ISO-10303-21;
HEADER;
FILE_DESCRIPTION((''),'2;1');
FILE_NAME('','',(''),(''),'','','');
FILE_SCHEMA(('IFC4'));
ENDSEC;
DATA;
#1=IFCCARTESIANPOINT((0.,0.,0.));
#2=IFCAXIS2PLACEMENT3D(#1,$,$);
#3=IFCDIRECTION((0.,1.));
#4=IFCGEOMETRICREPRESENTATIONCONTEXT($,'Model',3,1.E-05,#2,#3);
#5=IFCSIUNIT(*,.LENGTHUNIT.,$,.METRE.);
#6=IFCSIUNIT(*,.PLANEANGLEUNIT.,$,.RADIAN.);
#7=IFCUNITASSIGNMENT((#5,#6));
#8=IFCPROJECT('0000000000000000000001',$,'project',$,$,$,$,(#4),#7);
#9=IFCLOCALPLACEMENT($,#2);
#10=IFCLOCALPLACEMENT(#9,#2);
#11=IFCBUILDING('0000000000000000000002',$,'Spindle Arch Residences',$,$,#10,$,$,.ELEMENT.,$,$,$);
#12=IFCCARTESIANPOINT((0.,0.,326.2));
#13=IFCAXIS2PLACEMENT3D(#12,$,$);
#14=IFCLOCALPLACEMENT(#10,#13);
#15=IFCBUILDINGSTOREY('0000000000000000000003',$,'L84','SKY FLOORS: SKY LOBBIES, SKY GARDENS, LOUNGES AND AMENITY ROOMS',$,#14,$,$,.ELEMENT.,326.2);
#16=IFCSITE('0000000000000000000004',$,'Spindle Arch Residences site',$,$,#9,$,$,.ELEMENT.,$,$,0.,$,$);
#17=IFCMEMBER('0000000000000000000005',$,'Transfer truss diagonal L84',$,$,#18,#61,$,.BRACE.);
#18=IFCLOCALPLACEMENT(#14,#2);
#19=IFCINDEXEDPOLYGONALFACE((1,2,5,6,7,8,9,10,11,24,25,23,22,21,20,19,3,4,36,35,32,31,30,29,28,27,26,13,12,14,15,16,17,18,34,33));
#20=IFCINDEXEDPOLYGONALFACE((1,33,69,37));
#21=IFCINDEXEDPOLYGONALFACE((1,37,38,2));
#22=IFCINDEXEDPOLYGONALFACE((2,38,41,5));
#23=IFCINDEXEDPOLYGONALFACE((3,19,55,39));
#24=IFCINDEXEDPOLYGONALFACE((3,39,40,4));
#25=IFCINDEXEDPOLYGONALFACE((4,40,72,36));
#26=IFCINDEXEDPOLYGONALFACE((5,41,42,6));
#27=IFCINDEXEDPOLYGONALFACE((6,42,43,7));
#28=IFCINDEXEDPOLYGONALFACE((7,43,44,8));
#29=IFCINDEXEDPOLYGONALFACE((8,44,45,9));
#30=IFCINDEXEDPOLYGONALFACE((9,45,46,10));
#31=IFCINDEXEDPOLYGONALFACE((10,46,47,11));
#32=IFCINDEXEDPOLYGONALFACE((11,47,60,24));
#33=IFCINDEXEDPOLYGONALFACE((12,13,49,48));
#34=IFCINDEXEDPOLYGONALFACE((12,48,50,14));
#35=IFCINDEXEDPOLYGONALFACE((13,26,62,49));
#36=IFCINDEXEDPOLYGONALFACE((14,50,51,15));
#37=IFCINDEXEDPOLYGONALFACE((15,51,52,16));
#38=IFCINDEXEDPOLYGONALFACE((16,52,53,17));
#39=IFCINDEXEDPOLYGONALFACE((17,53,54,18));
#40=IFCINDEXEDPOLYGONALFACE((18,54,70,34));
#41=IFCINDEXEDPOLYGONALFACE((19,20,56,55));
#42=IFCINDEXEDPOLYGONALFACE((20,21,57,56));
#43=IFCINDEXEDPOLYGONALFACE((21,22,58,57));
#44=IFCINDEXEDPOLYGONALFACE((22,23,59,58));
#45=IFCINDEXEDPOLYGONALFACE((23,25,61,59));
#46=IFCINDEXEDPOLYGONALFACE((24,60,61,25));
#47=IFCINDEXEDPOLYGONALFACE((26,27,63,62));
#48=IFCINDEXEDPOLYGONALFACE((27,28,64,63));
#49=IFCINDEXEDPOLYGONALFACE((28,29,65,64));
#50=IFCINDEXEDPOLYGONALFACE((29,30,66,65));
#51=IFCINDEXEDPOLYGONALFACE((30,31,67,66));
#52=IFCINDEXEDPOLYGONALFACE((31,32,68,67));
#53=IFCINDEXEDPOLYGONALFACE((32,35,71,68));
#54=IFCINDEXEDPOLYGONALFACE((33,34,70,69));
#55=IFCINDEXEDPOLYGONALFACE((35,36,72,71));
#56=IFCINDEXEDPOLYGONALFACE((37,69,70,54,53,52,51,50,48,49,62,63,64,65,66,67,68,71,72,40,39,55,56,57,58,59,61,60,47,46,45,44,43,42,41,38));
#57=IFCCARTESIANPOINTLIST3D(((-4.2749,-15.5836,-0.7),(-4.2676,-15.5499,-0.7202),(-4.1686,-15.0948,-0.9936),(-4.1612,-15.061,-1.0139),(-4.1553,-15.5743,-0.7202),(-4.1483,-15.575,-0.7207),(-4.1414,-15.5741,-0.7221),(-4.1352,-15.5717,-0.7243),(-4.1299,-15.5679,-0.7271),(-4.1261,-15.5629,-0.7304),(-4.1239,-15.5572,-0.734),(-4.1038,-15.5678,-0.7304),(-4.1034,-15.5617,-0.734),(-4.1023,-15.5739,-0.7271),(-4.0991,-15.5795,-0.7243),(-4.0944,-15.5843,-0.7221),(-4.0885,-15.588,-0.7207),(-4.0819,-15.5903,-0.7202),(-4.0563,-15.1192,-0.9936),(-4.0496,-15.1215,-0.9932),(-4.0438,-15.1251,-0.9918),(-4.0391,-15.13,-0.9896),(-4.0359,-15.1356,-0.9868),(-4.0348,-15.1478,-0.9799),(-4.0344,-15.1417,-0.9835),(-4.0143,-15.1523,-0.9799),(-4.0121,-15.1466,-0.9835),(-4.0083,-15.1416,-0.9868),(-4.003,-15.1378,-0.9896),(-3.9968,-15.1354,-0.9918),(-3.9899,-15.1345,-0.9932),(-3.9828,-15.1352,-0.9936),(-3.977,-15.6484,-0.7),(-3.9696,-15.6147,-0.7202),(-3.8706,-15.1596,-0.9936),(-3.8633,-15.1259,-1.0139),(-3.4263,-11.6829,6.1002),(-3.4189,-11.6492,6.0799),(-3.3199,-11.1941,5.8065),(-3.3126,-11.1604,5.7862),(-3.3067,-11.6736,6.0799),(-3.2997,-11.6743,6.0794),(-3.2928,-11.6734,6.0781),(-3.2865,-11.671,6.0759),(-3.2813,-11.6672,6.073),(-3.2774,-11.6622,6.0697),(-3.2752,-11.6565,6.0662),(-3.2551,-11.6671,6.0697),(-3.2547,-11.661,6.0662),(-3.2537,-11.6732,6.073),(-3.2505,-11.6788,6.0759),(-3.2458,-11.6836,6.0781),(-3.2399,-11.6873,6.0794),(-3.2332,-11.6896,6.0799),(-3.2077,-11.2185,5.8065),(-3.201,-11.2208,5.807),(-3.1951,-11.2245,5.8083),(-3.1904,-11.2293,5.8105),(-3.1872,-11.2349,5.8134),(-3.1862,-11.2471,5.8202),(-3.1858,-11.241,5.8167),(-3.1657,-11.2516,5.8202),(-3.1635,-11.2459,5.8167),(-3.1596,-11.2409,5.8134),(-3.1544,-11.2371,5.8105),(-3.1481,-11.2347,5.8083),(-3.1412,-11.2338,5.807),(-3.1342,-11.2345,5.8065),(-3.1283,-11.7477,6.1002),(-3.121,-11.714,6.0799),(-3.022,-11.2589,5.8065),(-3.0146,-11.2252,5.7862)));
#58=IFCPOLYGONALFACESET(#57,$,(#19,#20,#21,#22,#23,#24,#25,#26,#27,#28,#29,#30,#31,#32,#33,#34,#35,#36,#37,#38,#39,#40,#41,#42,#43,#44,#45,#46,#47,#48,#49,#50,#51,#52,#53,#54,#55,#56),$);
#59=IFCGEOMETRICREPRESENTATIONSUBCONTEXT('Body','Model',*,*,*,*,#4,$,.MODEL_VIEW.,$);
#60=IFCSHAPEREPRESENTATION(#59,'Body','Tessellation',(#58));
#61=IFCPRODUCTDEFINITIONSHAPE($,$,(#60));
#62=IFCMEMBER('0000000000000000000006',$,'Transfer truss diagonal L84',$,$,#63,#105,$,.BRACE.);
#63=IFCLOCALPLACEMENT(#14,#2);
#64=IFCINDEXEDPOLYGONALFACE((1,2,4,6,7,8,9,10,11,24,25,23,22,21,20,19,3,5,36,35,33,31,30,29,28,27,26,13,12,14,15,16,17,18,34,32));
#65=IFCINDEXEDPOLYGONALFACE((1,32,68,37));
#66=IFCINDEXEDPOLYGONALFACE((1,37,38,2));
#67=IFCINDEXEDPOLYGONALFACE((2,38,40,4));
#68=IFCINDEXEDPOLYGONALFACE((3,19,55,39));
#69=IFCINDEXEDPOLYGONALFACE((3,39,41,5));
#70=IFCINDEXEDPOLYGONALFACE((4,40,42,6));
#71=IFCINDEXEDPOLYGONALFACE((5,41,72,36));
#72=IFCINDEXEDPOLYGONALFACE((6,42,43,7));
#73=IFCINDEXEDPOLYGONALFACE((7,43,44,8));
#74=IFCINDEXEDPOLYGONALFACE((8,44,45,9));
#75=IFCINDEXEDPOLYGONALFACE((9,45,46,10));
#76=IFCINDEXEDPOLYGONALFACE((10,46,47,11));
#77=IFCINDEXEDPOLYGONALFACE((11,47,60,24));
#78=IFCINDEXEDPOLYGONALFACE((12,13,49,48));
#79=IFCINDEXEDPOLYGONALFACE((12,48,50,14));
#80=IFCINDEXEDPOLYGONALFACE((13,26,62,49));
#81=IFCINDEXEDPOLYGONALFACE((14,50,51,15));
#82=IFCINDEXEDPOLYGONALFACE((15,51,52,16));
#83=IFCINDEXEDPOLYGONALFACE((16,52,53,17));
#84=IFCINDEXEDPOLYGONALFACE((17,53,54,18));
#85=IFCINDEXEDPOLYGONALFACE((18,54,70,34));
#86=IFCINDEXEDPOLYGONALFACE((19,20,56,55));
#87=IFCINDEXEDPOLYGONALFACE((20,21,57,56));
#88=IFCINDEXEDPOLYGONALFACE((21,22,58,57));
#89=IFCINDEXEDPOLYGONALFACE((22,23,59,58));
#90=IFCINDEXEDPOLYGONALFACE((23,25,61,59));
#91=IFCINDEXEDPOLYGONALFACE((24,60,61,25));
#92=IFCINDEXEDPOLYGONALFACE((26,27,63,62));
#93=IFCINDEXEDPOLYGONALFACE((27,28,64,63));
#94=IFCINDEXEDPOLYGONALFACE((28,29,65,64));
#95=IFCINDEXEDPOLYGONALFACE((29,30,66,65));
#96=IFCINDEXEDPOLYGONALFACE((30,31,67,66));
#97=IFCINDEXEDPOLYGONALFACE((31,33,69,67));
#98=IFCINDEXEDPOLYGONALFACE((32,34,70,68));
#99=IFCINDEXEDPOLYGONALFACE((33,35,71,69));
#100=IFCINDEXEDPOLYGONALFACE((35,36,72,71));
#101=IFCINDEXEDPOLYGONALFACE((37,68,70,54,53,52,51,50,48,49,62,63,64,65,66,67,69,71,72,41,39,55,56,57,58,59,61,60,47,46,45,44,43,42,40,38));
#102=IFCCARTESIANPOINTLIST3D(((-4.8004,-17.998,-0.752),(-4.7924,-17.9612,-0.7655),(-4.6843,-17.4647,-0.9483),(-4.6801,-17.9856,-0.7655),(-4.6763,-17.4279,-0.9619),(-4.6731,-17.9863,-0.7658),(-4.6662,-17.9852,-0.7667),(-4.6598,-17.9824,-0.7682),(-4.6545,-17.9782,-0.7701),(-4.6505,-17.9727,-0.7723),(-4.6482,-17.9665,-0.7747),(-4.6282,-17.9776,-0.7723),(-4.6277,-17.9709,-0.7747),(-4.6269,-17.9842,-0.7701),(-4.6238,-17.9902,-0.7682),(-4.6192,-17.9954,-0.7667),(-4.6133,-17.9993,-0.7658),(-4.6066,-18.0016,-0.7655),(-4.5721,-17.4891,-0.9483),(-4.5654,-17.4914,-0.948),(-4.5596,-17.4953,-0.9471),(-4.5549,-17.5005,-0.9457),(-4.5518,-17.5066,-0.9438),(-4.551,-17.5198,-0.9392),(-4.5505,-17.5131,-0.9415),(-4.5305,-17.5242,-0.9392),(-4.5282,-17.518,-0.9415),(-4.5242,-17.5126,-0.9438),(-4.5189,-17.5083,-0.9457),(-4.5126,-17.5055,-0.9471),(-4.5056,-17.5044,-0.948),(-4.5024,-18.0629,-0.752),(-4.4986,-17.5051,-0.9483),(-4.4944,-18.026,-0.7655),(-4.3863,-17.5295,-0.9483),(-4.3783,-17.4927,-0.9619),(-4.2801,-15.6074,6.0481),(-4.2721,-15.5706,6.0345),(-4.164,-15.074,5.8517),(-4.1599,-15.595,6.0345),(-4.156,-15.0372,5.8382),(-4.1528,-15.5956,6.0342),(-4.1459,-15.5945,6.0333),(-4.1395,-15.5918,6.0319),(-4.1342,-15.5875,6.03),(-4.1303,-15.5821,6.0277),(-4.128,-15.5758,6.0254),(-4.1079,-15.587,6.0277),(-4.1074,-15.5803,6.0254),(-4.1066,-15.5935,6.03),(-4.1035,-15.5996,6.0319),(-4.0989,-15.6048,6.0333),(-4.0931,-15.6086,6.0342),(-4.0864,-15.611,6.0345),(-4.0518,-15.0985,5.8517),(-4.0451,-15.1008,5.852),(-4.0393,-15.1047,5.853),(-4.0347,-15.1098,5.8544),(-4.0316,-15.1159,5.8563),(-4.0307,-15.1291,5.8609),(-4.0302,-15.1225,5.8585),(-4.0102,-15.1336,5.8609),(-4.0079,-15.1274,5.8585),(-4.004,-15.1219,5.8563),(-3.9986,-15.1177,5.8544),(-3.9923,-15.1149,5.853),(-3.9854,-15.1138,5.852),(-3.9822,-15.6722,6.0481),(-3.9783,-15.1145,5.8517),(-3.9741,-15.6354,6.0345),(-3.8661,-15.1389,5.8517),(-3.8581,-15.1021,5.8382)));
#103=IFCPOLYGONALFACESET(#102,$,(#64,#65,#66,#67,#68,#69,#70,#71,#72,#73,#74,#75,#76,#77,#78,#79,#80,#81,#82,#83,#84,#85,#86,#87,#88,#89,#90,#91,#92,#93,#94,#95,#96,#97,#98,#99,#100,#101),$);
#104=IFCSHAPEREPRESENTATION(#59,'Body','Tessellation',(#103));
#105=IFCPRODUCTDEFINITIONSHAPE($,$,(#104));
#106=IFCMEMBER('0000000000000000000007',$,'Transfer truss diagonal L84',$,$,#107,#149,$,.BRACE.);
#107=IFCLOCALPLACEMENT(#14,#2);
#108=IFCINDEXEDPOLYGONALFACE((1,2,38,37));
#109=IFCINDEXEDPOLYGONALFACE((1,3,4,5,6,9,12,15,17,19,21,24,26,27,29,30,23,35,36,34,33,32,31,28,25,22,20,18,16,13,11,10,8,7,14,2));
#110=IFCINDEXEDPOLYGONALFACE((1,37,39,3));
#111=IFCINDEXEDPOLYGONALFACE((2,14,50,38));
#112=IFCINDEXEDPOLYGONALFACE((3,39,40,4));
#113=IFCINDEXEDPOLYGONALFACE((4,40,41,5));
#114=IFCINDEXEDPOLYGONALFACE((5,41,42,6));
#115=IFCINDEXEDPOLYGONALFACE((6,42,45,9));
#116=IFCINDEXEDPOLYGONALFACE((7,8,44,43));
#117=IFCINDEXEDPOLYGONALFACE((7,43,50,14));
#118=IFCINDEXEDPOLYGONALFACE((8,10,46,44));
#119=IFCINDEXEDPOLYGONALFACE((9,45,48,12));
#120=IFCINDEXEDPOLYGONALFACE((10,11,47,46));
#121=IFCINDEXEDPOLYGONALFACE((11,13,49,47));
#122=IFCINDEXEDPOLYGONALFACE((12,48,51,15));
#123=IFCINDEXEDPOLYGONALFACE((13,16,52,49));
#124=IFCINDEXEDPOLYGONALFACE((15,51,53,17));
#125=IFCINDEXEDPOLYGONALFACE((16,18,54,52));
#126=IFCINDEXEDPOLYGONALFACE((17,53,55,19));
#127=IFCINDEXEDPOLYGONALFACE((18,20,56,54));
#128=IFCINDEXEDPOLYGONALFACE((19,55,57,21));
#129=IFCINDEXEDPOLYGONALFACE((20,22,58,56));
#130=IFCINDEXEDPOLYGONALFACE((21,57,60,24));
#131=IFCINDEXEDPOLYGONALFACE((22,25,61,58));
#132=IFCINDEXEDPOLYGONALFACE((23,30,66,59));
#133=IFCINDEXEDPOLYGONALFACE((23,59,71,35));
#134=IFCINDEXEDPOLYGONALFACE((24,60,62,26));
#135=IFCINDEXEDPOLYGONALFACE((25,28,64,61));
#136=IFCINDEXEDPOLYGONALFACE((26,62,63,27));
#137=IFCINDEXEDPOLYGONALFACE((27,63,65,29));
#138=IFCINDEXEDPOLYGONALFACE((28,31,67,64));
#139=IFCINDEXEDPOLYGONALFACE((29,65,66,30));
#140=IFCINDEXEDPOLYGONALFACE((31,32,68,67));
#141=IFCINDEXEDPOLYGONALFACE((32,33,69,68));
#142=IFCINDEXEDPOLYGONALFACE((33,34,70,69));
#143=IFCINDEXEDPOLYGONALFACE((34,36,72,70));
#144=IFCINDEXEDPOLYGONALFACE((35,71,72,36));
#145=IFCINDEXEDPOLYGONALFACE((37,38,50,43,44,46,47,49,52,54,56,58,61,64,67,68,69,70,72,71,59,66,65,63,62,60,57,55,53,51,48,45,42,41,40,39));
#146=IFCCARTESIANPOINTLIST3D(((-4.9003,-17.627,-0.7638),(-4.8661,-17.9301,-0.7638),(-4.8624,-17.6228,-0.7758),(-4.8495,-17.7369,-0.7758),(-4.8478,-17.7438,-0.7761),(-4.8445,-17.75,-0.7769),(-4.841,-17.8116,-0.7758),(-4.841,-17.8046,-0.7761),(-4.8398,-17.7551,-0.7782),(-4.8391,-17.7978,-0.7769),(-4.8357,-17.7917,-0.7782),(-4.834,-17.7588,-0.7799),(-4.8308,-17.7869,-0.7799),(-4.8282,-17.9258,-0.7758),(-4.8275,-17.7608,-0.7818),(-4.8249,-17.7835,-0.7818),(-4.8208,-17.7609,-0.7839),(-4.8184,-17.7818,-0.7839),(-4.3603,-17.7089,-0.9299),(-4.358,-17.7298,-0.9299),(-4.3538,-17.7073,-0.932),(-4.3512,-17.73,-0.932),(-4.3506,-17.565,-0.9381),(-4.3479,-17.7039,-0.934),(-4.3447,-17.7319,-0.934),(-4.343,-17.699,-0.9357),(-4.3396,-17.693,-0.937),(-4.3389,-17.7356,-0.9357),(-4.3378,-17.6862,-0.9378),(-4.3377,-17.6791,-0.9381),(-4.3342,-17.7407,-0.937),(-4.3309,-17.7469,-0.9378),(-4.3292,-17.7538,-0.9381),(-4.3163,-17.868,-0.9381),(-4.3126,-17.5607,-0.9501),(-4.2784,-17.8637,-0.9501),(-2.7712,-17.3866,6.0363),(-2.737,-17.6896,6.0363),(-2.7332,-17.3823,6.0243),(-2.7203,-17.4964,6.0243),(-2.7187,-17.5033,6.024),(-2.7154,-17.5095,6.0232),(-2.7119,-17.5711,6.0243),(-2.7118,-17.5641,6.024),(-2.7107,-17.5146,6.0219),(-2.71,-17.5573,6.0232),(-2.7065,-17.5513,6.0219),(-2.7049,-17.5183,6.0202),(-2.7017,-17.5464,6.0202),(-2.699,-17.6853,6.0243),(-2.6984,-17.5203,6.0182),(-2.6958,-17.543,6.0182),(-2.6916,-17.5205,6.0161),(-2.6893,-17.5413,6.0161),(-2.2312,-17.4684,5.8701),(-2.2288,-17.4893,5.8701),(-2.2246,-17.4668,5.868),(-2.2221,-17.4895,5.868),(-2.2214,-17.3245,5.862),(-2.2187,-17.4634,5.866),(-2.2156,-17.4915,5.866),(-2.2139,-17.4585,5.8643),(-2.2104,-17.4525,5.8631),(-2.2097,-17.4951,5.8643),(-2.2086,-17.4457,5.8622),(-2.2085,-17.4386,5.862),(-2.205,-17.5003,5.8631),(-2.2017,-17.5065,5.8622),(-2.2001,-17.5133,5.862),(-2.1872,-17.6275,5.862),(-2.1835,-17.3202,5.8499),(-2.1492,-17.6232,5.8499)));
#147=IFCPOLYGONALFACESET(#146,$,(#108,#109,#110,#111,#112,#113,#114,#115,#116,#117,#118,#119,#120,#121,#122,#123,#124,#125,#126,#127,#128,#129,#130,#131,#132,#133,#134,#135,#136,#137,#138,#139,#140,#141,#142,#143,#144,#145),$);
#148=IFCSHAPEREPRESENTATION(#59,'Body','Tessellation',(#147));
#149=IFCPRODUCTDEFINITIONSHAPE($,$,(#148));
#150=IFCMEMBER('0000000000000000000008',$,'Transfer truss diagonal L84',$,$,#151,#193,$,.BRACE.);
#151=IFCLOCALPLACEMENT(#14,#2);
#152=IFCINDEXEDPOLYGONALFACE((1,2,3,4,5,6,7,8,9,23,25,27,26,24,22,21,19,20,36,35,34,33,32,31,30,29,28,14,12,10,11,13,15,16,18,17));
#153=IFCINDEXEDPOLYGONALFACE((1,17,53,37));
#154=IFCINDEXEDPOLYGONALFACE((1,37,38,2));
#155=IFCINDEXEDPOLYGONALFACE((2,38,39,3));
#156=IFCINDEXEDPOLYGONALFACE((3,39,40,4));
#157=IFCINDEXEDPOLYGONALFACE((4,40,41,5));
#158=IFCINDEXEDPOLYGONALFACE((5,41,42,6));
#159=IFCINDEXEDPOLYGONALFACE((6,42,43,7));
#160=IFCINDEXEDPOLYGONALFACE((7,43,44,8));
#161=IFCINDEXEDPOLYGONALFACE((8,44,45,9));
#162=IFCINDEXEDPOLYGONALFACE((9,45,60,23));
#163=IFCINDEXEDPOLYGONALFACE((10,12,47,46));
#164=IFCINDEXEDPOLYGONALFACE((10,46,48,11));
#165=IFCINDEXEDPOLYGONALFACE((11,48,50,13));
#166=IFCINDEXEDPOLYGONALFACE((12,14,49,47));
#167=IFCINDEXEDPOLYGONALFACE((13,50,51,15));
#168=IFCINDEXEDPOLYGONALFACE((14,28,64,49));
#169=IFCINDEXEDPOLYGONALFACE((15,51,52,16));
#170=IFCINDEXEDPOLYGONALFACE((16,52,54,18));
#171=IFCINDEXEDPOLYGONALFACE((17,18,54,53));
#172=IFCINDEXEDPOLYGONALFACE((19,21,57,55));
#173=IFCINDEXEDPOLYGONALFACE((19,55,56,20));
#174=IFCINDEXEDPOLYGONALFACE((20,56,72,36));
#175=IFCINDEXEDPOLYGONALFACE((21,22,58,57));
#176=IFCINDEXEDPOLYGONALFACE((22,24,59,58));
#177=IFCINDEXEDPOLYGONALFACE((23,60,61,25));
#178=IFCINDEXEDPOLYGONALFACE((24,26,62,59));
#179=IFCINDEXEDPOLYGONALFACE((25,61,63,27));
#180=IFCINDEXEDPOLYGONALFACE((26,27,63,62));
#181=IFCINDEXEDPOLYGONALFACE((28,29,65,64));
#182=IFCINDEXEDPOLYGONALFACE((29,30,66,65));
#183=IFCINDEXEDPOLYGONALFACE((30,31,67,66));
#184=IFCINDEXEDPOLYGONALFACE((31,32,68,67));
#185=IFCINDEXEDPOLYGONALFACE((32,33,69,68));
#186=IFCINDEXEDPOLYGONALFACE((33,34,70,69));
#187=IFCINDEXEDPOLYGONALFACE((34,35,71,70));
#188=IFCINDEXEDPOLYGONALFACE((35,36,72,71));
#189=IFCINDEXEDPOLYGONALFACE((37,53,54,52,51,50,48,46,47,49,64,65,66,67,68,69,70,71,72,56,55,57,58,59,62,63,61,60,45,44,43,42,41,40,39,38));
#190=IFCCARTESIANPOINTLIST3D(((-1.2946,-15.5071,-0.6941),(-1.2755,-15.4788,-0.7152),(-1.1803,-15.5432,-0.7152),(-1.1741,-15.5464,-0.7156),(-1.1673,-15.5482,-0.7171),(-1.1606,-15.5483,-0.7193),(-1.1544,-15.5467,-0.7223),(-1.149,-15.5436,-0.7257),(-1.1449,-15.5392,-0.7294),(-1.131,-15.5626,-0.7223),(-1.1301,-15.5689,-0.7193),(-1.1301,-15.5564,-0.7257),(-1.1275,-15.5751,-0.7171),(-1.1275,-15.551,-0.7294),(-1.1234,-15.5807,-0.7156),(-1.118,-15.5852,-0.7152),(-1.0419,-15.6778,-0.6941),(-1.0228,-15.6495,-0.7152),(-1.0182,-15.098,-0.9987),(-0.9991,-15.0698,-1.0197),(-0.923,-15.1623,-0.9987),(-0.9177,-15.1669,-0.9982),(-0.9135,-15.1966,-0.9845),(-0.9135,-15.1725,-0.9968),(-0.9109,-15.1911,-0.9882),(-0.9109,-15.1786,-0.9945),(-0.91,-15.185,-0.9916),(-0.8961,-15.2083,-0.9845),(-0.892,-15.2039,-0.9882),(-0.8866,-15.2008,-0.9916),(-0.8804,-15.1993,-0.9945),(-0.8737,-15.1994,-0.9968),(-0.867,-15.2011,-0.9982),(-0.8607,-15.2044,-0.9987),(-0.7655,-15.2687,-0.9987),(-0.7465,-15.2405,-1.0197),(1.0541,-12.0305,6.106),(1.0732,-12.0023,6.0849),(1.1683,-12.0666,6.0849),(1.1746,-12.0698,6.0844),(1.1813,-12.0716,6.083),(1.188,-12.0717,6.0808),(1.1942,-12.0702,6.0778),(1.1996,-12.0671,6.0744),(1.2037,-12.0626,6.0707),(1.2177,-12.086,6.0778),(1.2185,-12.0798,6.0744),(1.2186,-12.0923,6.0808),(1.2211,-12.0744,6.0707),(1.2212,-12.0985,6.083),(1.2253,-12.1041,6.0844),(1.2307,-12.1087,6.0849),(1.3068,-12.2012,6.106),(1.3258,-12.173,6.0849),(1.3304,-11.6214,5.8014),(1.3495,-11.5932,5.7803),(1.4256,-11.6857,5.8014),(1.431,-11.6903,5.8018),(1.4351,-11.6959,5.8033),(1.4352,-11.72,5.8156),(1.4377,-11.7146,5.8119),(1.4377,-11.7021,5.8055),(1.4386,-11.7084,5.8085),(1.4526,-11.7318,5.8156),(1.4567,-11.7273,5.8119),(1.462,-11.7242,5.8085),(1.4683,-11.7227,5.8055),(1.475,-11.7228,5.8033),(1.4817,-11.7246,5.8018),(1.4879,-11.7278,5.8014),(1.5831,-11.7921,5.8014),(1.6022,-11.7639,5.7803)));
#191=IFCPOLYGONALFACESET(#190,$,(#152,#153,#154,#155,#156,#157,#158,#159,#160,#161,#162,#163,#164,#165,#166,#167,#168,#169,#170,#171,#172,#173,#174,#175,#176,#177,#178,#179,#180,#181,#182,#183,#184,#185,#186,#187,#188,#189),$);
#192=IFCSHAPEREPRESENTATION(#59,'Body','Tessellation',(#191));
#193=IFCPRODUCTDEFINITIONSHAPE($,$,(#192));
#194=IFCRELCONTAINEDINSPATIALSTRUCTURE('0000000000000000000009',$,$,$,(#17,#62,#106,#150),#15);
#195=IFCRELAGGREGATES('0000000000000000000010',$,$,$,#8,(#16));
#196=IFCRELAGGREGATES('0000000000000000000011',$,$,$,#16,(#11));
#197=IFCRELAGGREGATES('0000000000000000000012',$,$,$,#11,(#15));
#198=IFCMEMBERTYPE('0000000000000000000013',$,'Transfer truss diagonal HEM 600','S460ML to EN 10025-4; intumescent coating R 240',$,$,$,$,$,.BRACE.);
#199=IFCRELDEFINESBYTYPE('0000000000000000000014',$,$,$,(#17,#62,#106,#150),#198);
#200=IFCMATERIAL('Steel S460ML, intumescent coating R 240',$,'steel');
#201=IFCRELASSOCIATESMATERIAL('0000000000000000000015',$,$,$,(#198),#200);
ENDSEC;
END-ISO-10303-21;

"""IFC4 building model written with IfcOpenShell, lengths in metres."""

from ifc_helpers import new_model, si_unit, direction, frame, origin, origin_2d, place, context, subcontext, project, spatial, i_section, extrude, material, material_profile, profile_set, type_object, element, save


model = new_model("IFC4")

# Units and contexts
model_context = context("Model", 3, precision=1e-05, world=origin(), true_north=direction((0.0, 1.0)))
body_context = subcontext(model_context, "Body", "Model", "MODEL_VIEW")
ifc_project = project(units=[si_unit("LENGTHUNIT", "METRE"), si_unit("PLANEANGLEUNIT", "RADIAN")], contexts=[model_context])

# Site, building, storey
site_placement = place(None, origin())
site = spatial("IfcSite", under=ifc_project, at=site_placement, Name="Spindle Arch Residences site", CompositionType="ELEMENT", RefElevation=0.0)
building_placement = place(site_placement, origin())
building = spatial("IfcBuilding", under=site, at=building_placement, Name="Spindle Arch Residences", CompositionType="ELEMENT")
storey_placement = place(building_placement, frame((0.0, 0.0, 326.2)))
storey = spatial("IfcBuildingStorey", under=building, at=storey_placement, Name="L84", Description="SKY FLOORS: SKY LOBBIES, SKY GARDENS, LOUNGES AND AMENITY ROOMS", CompositionType="ELEMENT", Elevation=326.2)

# Members
ifc_material_1 = material(Name="Steel S460ML, intumescent coating R 240", Category="steel")
ifc_material_profile_1 = material_profile(ifc_material_1, i_section(OverallWidth=0.3049, OverallDepth=0.6201, WebThickness=0.021, FlangeThickness=0.04, FilletRadius=0.0271, at=origin_2d()), Name="HEM 600")
ifc_profile_set_1 = profile_set([ifc_material_profile_1], Name="Steel S460ML, intumescent coating R 240")
member_type_1 = type_object("IfcMemberType", Name="Transfer truss diagonal HEM 600", Description="S460ML to EN 10025-4; intumescent coating R 240", PredefinedType="BRACE", material=ifc_profile_set_1)
member_1_placement = place(storey_placement, frame((-4.0691, -15.3547, -0.8569), z_axis=(0.107624, 0.49468, 0.862385), x_axis=(-0.977142, 0.21259, 0.0)))
element("IfcMember", 1, at=member_1_placement, inside=storey, type_object=member_type_1, Name="Transfer truss diagonal L84", PredefinedType="BRACE", context=body_context, shape_type="SweptSolid", body=[
    extrude(i_section(OverallWidth=0.3049, OverallDepth=0.6201, WebThickness=0.021, FlangeThickness=0.04, FilletRadius=0.0271, at=origin_2d()), origin(), (0.0, 0.0, 1.0), 7.8853),
])
member_2_placement = place(storey_placement, frame((-4.5894, -17.7454, -0.8569), z_axis=(0.071991, 0.330801, 0.940951), x_axis=(-0.977129, 0.212649, 0.0)))
element("IfcMember", 2, at=member_2_placement, inside=storey, type_object=member_type_1, Name="Transfer truss diagonal L84", PredefinedType="BRACE", context=body_context, shape_type="SweptSolid", body=[
    extrude(i_section(OverallWidth=0.3049, OverallDepth=0.6201, WebThickness=0.021, FlangeThickness=0.04, FilletRadius=0.0271, at=origin_2d()), origin(), (0.0, 0.0, 1.0), 7.2268),
])
member_3_placement = place(storey_placement, frame((-4.5894, -17.7454, -0.8569), z_axis=(0.298634, 0.033729, 0.953772), x_axis=(-0.112232, 0.993682, 0.0)))
element("IfcMember", 3, at=member_3_placement, inside=storey, type_object=member_type_1, Name="Transfer truss diagonal L84", PredefinedType="BRACE", context=body_context, shape_type="SweptSolid", body=[
    extrude(i_section(OverallWidth=0.3049, OverallDepth=0.6201, WebThickness=0.021, FlangeThickness=0.04, FilletRadius=0.0271, at=origin_2d()), origin(), (0.0, 0.0, 1.0), 7.1296),
])
member_4_placement = place(storey_placement, frame((-1.0205, -15.3738, -0.8569), z_axis=(0.293939, 0.435104, 0.851049), x_axis=(-0.828633, 0.559793, 0.0)))
element("IfcMember", 4, at=member_4_placement, inside=storey, type_object=member_type_1, Name="Transfer truss diagonal L84", PredefinedType="BRACE", context=body_context, shape_type="SweptSolid", body=[
    extrude(i_section(OverallWidth=0.3049, OverallDepth=0.6201, WebThickness=0.021, FlangeThickness=0.04, FilletRadius=0.0271, at=origin_2d()), origin(), (0.0, 0.0, 1.0), 7.9902),
])

save(model, "model.ifc")
